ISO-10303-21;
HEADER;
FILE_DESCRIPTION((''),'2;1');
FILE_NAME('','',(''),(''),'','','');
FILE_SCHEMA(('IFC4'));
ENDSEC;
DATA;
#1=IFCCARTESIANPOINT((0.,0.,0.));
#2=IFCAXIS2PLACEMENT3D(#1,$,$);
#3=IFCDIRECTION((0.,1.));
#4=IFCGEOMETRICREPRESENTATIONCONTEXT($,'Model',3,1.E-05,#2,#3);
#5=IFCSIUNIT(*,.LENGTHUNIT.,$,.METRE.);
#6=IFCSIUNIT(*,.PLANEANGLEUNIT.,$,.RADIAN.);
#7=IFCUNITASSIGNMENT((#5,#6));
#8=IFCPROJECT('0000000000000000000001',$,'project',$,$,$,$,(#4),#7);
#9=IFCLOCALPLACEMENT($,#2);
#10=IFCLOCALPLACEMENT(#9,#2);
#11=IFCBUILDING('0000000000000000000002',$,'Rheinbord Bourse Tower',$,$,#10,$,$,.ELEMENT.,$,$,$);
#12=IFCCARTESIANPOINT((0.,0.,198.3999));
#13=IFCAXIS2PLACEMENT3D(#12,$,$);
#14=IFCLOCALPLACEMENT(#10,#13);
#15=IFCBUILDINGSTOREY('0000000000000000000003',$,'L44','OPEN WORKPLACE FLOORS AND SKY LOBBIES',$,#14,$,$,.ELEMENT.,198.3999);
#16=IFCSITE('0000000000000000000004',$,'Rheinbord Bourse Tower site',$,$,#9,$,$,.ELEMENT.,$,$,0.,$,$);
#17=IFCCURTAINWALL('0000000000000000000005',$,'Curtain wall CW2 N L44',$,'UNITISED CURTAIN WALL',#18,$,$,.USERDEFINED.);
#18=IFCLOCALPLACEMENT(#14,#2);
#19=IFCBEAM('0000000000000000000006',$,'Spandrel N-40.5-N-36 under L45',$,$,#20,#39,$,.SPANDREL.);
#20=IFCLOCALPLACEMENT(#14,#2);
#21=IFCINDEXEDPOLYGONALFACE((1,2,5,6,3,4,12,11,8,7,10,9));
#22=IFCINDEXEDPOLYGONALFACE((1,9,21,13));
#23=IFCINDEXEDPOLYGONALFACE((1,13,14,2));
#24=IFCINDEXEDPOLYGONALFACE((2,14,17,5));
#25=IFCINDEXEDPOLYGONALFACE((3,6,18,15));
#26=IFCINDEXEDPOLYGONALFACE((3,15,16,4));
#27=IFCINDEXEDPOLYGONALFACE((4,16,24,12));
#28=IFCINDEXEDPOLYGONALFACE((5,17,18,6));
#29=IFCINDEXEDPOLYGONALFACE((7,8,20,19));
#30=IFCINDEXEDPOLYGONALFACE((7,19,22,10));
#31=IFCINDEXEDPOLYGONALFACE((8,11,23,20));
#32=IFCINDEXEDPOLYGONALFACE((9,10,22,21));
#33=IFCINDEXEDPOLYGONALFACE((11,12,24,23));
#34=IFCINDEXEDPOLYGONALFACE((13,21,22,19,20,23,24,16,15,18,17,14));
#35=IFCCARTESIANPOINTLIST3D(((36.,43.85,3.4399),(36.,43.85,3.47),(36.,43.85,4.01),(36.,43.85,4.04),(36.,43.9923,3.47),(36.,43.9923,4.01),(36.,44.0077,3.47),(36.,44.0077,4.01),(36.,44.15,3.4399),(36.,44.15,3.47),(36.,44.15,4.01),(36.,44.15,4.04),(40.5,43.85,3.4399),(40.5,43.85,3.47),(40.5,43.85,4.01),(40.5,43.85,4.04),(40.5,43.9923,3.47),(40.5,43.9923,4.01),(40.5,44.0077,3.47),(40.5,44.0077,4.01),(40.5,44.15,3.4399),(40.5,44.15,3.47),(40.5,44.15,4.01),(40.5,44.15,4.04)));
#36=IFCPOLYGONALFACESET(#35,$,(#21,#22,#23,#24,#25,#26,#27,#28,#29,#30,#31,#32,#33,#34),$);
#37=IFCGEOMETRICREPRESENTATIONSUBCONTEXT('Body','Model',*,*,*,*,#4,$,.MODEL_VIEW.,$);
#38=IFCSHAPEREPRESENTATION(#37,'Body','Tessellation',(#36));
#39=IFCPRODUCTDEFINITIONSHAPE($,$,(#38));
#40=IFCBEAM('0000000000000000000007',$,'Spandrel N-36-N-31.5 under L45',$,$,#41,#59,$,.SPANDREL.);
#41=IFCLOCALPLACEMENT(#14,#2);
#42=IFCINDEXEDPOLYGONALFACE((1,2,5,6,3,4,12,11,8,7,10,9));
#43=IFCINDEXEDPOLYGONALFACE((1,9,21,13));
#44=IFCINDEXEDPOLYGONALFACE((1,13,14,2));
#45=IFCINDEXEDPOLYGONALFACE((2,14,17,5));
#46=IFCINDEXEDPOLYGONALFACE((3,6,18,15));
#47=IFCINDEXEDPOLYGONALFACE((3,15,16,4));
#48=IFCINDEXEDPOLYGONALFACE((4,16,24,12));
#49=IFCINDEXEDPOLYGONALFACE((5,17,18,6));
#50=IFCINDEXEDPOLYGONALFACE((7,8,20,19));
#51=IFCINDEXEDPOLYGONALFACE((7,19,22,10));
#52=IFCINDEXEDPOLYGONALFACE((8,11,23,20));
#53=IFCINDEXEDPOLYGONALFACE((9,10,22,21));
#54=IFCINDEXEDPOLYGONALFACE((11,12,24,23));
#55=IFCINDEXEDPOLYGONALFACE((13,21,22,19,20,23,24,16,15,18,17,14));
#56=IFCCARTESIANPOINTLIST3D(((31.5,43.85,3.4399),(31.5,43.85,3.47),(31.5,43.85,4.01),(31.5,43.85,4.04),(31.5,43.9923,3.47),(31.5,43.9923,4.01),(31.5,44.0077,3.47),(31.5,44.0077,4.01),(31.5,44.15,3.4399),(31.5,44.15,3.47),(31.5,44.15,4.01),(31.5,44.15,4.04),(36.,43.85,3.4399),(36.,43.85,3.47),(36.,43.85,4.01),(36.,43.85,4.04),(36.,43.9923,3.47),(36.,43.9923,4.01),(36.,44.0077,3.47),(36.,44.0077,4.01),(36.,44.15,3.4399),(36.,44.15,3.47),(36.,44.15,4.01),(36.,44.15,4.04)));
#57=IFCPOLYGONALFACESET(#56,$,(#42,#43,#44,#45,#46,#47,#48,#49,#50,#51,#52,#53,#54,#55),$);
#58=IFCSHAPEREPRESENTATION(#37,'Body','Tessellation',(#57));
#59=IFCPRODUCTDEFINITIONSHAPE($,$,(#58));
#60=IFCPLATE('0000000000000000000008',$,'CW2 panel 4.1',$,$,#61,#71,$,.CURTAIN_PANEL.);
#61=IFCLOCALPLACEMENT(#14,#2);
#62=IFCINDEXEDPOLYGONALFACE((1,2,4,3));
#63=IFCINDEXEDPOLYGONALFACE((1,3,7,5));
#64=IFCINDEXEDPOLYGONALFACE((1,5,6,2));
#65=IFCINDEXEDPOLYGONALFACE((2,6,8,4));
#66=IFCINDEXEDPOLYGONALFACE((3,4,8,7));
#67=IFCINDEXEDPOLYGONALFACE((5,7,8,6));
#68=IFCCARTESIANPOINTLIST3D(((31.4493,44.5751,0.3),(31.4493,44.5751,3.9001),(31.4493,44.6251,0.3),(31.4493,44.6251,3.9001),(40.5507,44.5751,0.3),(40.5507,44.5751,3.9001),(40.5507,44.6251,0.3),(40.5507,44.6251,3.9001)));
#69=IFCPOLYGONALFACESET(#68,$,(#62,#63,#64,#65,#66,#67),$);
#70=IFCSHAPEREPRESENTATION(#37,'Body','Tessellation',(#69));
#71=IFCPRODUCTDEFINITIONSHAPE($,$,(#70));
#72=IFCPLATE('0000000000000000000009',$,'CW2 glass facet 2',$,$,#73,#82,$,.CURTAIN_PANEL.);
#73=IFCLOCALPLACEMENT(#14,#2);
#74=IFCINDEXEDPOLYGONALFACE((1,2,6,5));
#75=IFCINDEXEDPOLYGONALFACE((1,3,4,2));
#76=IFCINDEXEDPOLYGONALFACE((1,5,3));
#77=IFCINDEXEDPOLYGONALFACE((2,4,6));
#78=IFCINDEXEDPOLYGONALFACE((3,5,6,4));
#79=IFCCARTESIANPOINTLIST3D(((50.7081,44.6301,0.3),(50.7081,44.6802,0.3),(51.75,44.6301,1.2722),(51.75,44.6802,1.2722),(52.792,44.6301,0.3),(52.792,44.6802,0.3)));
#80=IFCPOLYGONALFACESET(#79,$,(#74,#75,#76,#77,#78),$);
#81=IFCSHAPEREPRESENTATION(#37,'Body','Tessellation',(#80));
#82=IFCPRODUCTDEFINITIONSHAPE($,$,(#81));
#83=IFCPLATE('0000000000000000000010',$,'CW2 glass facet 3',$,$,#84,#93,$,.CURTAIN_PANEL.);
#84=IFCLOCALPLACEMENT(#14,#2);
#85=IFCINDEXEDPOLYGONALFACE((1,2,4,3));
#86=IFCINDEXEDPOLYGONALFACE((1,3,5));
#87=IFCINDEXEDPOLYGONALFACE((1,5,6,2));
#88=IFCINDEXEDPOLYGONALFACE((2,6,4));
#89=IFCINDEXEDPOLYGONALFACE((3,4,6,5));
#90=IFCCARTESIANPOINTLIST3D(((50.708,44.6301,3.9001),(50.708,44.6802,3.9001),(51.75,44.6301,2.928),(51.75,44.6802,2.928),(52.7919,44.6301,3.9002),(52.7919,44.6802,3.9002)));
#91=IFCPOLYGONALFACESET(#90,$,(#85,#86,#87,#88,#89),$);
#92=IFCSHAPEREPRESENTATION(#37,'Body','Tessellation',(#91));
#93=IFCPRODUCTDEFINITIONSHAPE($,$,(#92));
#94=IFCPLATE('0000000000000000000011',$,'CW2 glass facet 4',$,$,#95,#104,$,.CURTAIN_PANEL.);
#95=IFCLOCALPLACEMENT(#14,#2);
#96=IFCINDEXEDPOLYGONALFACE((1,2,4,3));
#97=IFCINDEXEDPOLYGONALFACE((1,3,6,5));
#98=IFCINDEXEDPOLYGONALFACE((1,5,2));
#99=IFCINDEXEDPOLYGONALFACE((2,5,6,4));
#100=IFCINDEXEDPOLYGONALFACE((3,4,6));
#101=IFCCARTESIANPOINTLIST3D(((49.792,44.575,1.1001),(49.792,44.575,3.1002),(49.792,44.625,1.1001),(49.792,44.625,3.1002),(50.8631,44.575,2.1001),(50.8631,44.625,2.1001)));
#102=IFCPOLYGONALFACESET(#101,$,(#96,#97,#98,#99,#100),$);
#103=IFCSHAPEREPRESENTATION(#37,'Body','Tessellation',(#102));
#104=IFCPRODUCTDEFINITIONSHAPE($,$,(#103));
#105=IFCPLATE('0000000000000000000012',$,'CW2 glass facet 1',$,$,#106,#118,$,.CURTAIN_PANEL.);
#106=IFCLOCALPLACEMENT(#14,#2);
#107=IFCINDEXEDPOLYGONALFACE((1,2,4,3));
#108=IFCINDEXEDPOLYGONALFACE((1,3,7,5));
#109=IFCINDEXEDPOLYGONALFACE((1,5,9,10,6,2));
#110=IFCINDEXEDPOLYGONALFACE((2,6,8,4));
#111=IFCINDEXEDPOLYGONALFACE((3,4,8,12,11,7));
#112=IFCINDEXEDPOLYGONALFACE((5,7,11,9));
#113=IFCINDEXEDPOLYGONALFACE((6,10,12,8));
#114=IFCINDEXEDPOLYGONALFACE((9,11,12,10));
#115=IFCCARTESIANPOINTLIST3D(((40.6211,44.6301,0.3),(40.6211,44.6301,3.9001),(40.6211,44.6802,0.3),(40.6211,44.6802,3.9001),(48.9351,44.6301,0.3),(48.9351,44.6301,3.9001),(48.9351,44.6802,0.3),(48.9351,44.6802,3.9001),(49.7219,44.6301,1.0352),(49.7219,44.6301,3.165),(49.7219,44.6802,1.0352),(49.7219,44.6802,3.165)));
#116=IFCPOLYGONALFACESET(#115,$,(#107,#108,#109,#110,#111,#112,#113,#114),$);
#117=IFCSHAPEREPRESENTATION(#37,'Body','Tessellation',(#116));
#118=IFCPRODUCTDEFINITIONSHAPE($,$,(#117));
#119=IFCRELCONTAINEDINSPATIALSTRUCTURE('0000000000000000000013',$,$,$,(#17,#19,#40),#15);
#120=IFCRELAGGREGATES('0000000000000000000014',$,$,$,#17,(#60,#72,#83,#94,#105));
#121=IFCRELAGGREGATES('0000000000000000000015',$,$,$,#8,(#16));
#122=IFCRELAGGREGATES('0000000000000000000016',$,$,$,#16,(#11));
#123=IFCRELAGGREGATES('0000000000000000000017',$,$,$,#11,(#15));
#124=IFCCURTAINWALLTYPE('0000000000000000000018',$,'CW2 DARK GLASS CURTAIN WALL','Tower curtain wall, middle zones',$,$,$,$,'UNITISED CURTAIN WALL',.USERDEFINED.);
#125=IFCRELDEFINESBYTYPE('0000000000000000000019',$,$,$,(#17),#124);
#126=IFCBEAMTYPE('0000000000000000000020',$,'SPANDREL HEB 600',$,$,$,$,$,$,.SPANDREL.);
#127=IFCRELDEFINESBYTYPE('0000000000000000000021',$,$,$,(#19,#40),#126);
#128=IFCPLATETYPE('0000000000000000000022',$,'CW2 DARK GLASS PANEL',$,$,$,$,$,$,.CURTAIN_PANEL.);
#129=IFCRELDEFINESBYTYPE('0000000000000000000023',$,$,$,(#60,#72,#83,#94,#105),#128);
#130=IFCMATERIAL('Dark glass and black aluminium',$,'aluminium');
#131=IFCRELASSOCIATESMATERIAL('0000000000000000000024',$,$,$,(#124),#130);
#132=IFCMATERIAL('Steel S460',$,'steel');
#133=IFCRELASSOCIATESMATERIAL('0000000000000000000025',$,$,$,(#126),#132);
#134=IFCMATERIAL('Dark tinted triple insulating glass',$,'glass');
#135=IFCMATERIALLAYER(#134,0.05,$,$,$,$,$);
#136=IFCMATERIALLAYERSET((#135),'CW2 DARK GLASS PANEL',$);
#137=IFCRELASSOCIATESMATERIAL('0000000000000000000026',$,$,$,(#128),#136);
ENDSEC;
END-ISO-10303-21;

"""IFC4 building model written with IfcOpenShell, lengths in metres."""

from ifc_helpers import new_model, si_unit, direction, frame, origin, origin_2d, place, context, subcontext, project, spatial, polyline, rectangle, i_section, outline, extrude, material, layer, layer_set, material_profile, profile_set, type_object, element, aggregate, save


model = new_model("IFC4")

# Units and contexts
model_context = context("Model", 3, precision=1e-05, world=origin(), true_north=direction((0.0, 1.0)))
body_context = subcontext(model_context, "Body", "Model", "MODEL_VIEW")
ifc_project = project(units=[si_unit("LENGTHUNIT", "METRE"), si_unit("PLANEANGLEUNIT", "RADIAN")], contexts=[model_context])

# Site, building, storey
site_placement = place(None, origin())
site = spatial("IfcSite", under=ifc_project, at=site_placement, Name="Rheinbord Bourse Tower site", CompositionType="ELEMENT", RefElevation=0.0)
building_placement = place(site_placement, origin())
building = spatial("IfcBuilding", under=site, at=building_placement, Name="Rheinbord Bourse Tower", CompositionType="ELEMENT")
storey_placement = place(building_placement, frame((0.0, 0.0, 198.3999)))
storey = spatial("IfcBuildingStorey", under=building, at=storey_placement, Name="L44", Description="OPEN WORKPLACE FLOORS AND SKY LOBBIES", CompositionType="ELEMENT", Elevation=198.3999)

# Curtain wall
ifc_material_1 = material(Name="Dark glass and black aluminium", Category="aluminium")
curtain_wall_type = type_object("IfcCurtainWallType", Name="CW2 DARK GLASS CURTAIN WALL", Description="Tower curtain wall, middle zones", ElementType="UNITISED CURTAIN WALL", PredefinedType="USERDEFINED", material=ifc_material_1)
curtain_wall_placement = place(storey_placement, origin())
curtain_wall = element("IfcCurtainWall", 1, at=curtain_wall_placement, inside=storey, type_object=curtain_wall_type, Name="Curtain wall CW2 N L44", ObjectType="UNITISED CURTAIN WALL", PredefinedType="USERDEFINED")

# Beams
ifc_material_2 = material(Name="Steel S460", Category="steel")
ifc_material_profile_1 = material_profile(ifc_material_2, i_section(OverallWidth=0.3, OverallDepth=0.6001, WebThickness=0.0154, FlangeThickness=0.03, at=origin_2d()), Name="HEB 600")
ifc_profile_set_1 = profile_set([ifc_material_profile_1], Name="Steel S460")
beam_type_1 = type_object("IfcBeamType", Name="SPANDREL HEB 600", PredefinedType="SPANDREL", material=ifc_profile_set_1)
for number, where, z_axis, x_axis, name in (
    (2, (40.5, 44.0, 3.74), (-1.0, 0.0, 0.0), (0.0, -1.0, 0.0), "Spandrel N-40.5-N-36 under L45"),
    (3, (36.0, 44.0, 3.74), (-1.0, 0.0, 0.0), (0.0, -1.0, 0.0), "Spandrel N-36-N-31.5 under L45"),
):
    element("IfcBeam", number, at=place(storey_placement, frame(where, z_axis=z_axis, x_axis=x_axis)), inside=storey, type_object=beam_type_1, Name=name, PredefinedType="SPANDREL", context=body_context, shape_type="SweptSolid", body=[
        extrude(i_section(OverallWidth=0.3, OverallDepth=0.6001, WebThickness=0.0154, FlangeThickness=0.03, at=origin_2d()), origin(), (0.0, 0.0, 1.0), 4.5),
    ])

# Plates
ifc_material_3 = material(Name="Dark tinted triple insulating glass", Category="glass")
ifc_layer = layer(ifc_material_3, 0.05)
ifc_layer_set = layer_set([ifc_layer], Name="CW2 DARK GLASS PANEL")
plate_type = type_object("IfcPlateType", Name="CW2 DARK GLASS PANEL", PredefinedType="CURTAIN_PANEL", material=ifc_layer_set)
plate_1_placement = place(storey_placement, frame((36.0, 44.6001, 0.3), z_axis=(0.0, 0.0, 1.0), x_axis=(-1.0, 0.0, 0.0)))
plate_1 = element("IfcPlate", 4, at=plate_1_placement, type_object=plate_type, Name="CW2 panel 4.1", PredefinedType="CURTAIN_PANEL", context=body_context, shape_type="SweptSolid", body=[
    extrude(rectangle(XDim=9.1013, YDim=0.05, at=origin_2d()), origin(), (0.0, 0.0, 1.0), 3.6001),
])
plate_2_placement = place(storey_placement, frame((52.792, 44.6802, 0.3), z_axis=(0.0, -1.0, 0.0), x_axis=(-0.731181, 0.0, 0.682184)))
plate_2 = element("IfcPlate", 5, at=plate_2_placement, type_object=plate_type, Name="CW2 glass facet 2", PredefinedType="CURTAIN_PANEL", context=body_context, shape_type="SweptSolid", body=[
    extrude(outline(polyline([(0.0, 0.0), (1.425, 0.0), (1.5237, 1.4216), (0.0, 0.0)])), origin(), (0.0, 0.0, 1.0), 0.05),
])
plate_3_placement = place(storey_placement, frame((50.708, 44.6802, 3.9001), z_axis=(0.0, -1.0, 0.0), x_axis=(0.731181, 0.0, -0.682184)))
plate_3 = element("IfcPlate", 6, at=plate_3_placement, type_object=plate_type, Name="CW2 glass facet 3", PredefinedType="CURTAIN_PANEL", context=body_context, shape_type="SweptSolid", body=[
    extrude(outline(polyline([(0.0, 0.0), (1.425, 0.0), (1.5237, 1.4216), (0.0, 0.0)])), origin(), (0.0, 0.0, 1.0), 0.05),
])
plate_4_placement = place(storey_placement, frame((49.792, 44.625, 1.1001), z_axis=(0.0, -1.0, 0.0), x_axis=(0.730933, 0.0, 0.682449)))
plate_4 = element("IfcPlate", 7, at=plate_4_placement, type_object=plate_type, Name="CW2 glass facet 4", PredefinedType="CURTAIN_PANEL", context=body_context, shape_type="SweptSolid", body=[
    extrude(outline(polyline([(0.0, 0.0), (1.4653, 0.0), (1.365, 1.4619), (0.0, 0.0)])), origin(), (0.0, 0.0, 1.0), 0.05),
])
plate_5_placement = place(storey_placement, frame((40.6211, 44.6802, 3.9001), z_axis=(0.0, -1.0, 0.0), x_axis=(0.0, 0.0, -1.0)))
plate_5 = element("IfcPlate", 8, at=plate_5_placement, type_object=plate_type, Name="CW2 glass facet 1", PredefinedType="CURTAIN_PANEL", context=body_context, shape_type="SweptSolid", body=[
    extrude(outline(polyline([(0.0, 0.0), (3.6001, 0.0), (3.6001, 8.314), (2.865, 9.1008), (0.7351, 9.1008), (0.0, 8.314), (0.0, 0.0)])), origin(), (0.0, 0.0, 1.0), 0.05),
])
aggregate(curtain_wall, [plate_1, plate_2, plate_3, plate_4, plate_5])

save(model, "model.ifc")
